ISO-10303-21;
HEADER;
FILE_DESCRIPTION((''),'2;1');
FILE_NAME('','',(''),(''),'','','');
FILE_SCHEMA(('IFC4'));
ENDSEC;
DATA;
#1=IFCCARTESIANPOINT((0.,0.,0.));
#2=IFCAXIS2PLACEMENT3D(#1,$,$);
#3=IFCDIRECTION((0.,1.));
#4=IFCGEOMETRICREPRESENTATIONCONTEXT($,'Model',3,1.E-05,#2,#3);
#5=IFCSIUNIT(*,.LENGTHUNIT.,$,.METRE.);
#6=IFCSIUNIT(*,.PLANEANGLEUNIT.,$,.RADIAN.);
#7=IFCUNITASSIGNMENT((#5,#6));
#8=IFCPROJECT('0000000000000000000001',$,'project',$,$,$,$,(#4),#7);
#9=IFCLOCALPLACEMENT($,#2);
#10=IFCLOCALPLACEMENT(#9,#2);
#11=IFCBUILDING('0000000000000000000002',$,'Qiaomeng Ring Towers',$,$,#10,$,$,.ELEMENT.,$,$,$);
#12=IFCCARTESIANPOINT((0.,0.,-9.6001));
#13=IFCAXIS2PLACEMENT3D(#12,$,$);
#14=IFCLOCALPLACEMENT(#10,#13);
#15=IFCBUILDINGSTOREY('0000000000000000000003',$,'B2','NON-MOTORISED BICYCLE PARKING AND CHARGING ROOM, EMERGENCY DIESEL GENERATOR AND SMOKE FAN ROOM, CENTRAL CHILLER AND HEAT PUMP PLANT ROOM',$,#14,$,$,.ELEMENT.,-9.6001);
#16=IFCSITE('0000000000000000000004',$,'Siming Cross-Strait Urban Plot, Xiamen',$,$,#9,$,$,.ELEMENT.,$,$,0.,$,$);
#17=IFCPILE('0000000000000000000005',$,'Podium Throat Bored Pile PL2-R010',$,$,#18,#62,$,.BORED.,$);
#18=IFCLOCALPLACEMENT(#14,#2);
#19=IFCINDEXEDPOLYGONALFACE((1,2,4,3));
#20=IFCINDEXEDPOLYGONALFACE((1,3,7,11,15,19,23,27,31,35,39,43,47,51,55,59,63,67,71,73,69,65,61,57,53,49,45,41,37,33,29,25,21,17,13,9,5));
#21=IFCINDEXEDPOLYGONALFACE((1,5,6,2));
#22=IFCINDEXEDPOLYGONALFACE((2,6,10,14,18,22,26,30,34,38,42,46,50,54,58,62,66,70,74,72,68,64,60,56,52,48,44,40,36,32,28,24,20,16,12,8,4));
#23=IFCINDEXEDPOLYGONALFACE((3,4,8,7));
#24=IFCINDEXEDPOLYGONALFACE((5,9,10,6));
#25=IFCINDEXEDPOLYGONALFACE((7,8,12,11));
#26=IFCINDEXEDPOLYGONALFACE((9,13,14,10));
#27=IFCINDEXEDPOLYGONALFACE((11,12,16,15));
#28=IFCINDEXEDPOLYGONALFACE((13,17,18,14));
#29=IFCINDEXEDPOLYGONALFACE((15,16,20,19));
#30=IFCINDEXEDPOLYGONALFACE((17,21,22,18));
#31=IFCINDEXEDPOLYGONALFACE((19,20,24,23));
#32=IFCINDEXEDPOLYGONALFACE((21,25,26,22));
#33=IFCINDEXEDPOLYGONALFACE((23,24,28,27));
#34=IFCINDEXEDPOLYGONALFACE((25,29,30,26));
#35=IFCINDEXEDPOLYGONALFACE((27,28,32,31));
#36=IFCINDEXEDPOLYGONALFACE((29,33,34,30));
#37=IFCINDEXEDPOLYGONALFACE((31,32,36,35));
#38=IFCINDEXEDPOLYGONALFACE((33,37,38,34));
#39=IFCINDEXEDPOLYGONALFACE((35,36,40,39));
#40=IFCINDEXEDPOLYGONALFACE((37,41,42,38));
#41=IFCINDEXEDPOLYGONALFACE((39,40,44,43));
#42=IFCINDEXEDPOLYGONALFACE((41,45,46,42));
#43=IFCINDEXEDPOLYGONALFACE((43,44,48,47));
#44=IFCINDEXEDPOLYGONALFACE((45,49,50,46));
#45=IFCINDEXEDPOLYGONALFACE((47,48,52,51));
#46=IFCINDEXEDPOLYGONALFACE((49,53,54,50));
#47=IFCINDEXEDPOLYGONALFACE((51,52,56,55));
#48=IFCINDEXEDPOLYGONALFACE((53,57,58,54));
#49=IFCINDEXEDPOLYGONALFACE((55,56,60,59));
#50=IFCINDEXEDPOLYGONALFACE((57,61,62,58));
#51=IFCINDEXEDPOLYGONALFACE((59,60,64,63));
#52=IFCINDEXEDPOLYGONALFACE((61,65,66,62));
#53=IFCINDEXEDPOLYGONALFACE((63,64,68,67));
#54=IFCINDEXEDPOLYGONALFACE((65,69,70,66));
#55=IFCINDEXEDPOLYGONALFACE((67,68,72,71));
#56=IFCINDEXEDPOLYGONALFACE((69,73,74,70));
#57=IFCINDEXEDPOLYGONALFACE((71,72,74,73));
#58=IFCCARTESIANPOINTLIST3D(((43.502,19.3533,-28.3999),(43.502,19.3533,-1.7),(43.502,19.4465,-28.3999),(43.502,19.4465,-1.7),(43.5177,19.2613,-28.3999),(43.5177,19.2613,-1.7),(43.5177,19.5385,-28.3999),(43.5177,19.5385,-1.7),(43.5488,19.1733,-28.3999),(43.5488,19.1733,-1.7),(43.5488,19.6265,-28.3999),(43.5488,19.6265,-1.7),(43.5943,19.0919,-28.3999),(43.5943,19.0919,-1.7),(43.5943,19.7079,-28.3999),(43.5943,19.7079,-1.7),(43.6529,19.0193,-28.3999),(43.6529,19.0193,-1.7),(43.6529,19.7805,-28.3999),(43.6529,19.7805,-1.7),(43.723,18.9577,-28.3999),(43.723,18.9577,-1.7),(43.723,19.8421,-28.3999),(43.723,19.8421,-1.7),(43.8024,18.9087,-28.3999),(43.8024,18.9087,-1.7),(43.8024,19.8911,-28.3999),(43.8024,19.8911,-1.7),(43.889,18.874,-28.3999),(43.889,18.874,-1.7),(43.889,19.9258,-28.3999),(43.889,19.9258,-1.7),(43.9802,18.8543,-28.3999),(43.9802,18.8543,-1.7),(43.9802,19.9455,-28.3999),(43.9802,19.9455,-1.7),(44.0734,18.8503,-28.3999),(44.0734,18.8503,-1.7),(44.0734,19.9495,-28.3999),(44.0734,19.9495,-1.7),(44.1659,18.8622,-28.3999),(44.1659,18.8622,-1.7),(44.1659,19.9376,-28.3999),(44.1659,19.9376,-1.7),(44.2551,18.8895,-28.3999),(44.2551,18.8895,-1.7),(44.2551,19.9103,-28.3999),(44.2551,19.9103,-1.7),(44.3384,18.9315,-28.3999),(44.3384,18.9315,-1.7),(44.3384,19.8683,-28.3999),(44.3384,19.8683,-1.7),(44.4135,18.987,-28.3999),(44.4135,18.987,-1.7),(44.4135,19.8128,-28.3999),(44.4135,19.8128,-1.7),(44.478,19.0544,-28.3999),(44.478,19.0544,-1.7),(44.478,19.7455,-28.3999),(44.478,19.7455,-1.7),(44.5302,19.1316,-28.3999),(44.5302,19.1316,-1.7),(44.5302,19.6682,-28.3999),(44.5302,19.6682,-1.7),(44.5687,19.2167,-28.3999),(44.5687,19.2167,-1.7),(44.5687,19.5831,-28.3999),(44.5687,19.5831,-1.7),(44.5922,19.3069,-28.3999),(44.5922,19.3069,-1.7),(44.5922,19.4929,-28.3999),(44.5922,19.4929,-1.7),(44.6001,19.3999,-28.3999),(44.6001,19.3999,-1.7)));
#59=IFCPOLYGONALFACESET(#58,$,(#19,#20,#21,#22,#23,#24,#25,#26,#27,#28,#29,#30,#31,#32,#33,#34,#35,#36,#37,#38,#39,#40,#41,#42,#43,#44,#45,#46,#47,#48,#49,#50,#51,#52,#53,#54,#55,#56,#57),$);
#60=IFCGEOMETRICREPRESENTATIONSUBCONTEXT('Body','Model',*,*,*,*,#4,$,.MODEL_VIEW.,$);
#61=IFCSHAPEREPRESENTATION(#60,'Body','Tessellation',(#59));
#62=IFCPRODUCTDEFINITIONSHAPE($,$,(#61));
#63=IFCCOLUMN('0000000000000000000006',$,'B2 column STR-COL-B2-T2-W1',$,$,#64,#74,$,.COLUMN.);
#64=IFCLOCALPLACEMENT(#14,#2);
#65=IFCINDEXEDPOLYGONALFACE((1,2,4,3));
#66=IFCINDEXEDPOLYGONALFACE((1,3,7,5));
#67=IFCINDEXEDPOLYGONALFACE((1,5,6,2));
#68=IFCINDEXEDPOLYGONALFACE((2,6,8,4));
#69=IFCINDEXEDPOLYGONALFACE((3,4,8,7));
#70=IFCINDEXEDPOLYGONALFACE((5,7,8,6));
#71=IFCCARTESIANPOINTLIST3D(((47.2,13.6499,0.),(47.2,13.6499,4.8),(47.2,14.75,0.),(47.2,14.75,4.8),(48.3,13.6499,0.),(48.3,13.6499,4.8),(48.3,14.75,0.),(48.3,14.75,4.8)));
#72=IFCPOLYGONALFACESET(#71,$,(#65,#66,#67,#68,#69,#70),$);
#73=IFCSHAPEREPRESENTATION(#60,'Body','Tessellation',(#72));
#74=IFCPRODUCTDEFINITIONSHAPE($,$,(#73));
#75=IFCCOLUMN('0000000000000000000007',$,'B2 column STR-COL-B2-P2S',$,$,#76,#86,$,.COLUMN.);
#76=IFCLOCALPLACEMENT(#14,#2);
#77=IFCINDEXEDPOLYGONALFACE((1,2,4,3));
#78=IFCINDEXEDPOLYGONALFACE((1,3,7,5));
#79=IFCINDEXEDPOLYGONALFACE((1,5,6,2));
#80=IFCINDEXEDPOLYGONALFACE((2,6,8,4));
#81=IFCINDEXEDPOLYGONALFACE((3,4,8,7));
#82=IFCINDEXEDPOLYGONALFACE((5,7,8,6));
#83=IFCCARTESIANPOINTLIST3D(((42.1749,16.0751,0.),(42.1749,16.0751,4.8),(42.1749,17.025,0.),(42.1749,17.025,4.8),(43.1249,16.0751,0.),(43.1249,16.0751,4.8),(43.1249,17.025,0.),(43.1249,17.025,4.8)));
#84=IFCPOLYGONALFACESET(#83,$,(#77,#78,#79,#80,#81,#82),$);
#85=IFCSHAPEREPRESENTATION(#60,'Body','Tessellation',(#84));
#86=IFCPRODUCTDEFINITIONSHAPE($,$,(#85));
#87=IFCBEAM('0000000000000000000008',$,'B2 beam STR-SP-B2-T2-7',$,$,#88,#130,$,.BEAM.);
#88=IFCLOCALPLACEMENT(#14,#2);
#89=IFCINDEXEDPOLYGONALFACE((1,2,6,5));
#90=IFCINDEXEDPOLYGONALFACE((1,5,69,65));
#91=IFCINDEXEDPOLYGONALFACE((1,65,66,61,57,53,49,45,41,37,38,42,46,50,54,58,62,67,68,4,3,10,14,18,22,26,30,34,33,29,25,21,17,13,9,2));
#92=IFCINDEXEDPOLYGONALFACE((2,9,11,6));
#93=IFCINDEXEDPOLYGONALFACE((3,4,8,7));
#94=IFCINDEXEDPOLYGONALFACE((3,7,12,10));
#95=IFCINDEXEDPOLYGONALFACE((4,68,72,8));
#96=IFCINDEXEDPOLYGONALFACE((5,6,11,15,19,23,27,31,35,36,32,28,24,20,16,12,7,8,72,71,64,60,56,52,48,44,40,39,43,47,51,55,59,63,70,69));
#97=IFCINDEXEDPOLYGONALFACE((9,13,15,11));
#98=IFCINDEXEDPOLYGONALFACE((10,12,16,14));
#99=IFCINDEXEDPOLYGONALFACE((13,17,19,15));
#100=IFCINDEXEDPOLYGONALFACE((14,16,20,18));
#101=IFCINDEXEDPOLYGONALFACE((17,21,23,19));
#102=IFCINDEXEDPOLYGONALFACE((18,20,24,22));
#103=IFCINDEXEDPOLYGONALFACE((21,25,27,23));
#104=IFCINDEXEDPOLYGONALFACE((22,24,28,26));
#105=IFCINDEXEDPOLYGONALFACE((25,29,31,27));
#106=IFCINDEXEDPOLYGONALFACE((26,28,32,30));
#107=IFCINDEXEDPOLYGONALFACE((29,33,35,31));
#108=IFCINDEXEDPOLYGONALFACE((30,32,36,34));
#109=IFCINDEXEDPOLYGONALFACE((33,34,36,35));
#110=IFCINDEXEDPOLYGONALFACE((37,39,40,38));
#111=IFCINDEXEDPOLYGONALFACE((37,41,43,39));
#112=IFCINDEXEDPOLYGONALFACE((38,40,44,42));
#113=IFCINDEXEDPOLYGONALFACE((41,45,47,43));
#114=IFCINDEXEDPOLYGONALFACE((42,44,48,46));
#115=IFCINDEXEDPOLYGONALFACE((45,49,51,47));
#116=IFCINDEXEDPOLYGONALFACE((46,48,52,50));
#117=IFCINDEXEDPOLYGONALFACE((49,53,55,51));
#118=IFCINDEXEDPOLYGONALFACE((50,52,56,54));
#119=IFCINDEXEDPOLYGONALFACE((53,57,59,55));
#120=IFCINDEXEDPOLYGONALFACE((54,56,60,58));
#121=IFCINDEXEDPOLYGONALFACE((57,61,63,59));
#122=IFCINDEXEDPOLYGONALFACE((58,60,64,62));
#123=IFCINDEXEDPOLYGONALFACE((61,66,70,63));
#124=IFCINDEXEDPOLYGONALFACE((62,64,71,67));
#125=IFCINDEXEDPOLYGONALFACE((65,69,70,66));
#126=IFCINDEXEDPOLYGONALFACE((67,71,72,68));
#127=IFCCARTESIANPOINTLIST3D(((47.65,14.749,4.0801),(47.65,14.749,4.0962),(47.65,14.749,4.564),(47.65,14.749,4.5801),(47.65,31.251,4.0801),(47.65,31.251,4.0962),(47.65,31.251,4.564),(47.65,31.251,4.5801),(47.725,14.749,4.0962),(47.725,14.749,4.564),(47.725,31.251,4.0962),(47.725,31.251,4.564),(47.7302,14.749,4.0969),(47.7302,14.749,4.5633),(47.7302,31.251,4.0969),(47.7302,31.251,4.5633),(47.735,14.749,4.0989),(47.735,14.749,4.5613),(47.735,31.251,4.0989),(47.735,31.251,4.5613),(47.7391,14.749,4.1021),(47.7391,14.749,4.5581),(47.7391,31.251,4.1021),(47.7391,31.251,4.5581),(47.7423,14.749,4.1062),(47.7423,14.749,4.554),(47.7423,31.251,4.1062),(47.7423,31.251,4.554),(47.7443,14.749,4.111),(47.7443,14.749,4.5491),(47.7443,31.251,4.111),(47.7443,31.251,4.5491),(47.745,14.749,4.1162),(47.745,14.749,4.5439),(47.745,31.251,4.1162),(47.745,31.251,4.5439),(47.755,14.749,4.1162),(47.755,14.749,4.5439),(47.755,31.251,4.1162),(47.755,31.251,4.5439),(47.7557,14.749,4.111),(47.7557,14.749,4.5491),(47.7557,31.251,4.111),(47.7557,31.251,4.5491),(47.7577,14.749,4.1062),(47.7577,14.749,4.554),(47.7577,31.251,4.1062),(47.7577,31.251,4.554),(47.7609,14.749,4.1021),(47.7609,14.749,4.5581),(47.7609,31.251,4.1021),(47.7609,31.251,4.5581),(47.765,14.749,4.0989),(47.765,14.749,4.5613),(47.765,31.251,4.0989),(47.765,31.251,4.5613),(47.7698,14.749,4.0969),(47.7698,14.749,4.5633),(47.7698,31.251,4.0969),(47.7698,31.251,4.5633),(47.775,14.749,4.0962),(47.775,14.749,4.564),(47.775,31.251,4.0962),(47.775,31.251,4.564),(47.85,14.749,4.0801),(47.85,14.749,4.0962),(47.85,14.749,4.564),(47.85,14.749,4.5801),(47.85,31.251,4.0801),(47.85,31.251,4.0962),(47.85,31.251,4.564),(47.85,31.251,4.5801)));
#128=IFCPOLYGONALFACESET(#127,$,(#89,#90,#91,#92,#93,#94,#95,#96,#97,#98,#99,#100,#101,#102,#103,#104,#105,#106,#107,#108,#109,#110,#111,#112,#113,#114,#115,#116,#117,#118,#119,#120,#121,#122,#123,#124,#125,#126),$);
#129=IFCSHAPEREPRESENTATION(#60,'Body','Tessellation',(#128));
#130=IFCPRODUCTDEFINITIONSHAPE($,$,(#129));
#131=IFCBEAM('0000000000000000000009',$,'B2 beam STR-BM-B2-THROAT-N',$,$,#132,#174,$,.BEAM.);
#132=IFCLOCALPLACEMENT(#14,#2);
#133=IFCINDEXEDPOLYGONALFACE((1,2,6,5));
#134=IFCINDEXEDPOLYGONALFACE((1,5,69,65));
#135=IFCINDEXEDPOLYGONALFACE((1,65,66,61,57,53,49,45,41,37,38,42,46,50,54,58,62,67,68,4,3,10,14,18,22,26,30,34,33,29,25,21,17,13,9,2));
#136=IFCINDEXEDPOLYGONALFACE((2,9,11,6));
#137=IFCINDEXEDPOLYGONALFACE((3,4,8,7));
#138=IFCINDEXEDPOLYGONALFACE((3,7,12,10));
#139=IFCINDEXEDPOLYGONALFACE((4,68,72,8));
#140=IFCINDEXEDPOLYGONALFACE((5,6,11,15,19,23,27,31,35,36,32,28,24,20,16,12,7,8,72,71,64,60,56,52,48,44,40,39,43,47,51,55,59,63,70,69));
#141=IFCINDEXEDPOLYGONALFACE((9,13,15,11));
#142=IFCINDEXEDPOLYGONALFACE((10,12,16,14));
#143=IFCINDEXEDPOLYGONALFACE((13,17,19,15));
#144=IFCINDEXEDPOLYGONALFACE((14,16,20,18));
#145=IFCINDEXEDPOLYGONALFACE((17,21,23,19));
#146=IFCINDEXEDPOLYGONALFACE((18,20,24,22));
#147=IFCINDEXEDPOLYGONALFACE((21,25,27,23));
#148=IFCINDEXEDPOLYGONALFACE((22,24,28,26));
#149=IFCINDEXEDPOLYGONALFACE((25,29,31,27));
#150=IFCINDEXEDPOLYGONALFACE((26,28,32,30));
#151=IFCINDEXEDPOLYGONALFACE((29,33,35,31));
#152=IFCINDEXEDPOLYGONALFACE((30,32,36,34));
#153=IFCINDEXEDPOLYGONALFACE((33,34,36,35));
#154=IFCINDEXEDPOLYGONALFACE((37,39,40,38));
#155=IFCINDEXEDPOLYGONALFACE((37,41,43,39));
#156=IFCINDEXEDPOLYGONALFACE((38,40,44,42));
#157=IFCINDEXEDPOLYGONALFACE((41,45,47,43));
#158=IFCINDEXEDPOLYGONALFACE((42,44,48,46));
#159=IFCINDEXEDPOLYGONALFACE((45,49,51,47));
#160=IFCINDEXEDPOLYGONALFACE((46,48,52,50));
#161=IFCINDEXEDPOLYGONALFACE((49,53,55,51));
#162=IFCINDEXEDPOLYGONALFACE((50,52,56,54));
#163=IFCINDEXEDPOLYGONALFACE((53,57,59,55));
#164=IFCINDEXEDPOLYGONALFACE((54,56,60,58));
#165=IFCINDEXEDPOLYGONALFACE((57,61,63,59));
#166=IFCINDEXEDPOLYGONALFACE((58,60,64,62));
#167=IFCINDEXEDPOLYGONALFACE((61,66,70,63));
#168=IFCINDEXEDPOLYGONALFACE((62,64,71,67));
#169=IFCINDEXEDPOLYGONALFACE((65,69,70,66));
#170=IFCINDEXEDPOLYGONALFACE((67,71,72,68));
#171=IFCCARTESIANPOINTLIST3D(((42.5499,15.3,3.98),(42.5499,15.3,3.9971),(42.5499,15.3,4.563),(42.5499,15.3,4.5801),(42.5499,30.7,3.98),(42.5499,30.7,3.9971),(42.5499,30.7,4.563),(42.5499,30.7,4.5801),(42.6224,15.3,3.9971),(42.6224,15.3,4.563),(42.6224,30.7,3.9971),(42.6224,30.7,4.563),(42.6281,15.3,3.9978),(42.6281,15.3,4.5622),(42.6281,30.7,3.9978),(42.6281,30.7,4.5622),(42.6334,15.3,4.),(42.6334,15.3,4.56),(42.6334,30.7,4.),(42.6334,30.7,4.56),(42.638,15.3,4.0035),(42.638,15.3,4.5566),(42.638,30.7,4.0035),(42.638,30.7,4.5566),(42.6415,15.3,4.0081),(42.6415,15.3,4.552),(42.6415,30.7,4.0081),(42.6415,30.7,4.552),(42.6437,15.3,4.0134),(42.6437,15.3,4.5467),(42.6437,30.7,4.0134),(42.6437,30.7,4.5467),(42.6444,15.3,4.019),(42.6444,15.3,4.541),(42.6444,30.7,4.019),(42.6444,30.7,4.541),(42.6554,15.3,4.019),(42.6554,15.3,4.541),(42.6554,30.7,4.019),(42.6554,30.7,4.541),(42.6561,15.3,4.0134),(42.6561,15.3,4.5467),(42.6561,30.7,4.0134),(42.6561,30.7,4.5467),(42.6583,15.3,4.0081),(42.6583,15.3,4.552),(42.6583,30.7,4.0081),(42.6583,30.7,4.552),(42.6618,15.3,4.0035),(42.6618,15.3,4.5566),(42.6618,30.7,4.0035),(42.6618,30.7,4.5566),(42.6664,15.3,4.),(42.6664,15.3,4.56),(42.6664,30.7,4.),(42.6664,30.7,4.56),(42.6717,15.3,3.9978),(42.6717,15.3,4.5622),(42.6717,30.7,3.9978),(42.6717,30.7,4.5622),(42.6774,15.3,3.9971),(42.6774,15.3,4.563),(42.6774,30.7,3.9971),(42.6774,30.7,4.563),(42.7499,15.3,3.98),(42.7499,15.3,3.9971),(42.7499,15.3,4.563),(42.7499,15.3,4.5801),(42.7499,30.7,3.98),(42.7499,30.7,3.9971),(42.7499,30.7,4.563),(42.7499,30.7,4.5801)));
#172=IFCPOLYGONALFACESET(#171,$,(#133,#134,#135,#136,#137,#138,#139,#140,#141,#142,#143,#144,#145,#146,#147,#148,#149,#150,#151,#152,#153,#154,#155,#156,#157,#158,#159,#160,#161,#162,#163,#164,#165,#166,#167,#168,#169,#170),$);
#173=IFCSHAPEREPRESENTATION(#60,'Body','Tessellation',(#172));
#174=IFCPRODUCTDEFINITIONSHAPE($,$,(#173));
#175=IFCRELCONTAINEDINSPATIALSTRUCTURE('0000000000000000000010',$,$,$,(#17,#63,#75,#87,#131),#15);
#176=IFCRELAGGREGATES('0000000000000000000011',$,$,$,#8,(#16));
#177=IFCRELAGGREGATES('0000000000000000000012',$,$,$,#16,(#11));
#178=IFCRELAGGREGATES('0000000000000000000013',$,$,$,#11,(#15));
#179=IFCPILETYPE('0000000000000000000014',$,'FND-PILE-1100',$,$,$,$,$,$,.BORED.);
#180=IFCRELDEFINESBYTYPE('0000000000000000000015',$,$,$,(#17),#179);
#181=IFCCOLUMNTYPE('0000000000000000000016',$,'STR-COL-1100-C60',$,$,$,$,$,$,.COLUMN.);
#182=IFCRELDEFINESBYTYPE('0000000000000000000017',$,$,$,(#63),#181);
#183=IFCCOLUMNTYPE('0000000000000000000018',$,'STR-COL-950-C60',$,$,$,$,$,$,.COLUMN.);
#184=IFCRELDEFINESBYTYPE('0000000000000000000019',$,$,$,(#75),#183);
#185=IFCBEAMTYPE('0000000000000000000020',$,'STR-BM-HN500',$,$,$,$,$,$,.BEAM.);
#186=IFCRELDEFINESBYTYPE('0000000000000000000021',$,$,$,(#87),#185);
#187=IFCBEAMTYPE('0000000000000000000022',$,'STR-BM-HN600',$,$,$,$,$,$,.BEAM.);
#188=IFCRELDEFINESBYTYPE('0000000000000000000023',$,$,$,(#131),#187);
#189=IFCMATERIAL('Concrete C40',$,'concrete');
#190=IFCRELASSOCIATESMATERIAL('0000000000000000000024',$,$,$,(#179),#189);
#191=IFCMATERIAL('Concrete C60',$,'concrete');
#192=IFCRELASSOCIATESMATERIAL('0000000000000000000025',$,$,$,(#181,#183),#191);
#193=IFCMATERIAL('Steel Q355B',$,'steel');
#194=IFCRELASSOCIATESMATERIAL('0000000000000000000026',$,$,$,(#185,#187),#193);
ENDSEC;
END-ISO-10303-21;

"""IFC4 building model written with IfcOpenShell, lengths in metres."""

from ifc_helpers import new_model, si_unit, direction, frame, origin, origin_2d, place, context, subcontext, project, spatial, rectangle, circle, i_section, extrude, source, transform, mapped, material, material_profile, profile_set, type_object, element, save


model = new_model("IFC4")

# Units and contexts
model_context = context("Model", 3, precision=1e-05, world=origin(), true_north=direction((0.0, 1.0)))
body_context = subcontext(model_context, "Body", "Model", "MODEL_VIEW")
ifc_project = project(units=[si_unit("LENGTHUNIT", "METRE"), si_unit("PLANEANGLEUNIT", "RADIAN")], contexts=[model_context])

# Site, building, storey
site_placement = place(None, origin())
site = spatial("IfcSite", under=ifc_project, at=site_placement, Name="Siming Cross-Strait Urban Plot, Xiamen", CompositionType="ELEMENT", RefElevation=0.0)
building_placement = place(site_placement, origin())
building = spatial("IfcBuilding", under=site, at=building_placement, Name="Qiaomeng Ring Towers", CompositionType="ELEMENT")
storey_placement = place(building_placement, frame((0.0, 0.0, -9.6001)))
storey = spatial("IfcBuildingStorey", under=building, at=storey_placement, Name="B2", Description="NON-MOTORISED BICYCLE PARKING AND CHARGING ROOM, EMERGENCY DIESEL GENERATOR AND SMOKE FAN ROOM, CENTRAL CHILLER AND HEAT PUMP PLANT ROOM", CompositionType="ELEMENT", Elevation=-9.6001)

# Pile
ifc_material_1 = material(Name="Concrete C40", Category="concrete")
ifc_material_profile_1 = material_profile(ifc_material_1, circle(Radius=0.55, at=origin_2d()), Name="BORED PILE 1100")
ifc_profile_set_1 = profile_set([ifc_material_profile_1], Name="Concrete C40")
pile_type_1 = type_object("IfcPileType", Name="FND-PILE-1100", PredefinedType="BORED", material=ifc_profile_set_1)
shared_shape_1 = source(origin(), body_context, "Body", "SweptSolid", [
    extrude(circle(Radius=0.55, at=origin_2d()), origin(), (0.0, 0.0, 1.0), 26.7),
])
for number, where, z_axis, x_axis, name in (
    (1, (44.05, 19.3999, -1.7), (0.0, 0.0, -1.0), (1.0, 0.0, 0.0), "Podium Throat Bored Pile PL2-R010"),
):
    element("IfcPile", number, at=place(storey_placement, frame(where, z_axis=z_axis, x_axis=x_axis)), inside=storey, type_object=pile_type_1, Name=name, PredefinedType="BORED", context=body_context, shape_type="MappedRepresentation", body=[
        mapped(shared_shape_1, transform((0.0, 0.0, 0.0), x_axis=(1.0, 0.0, 0.0), y_axis=(0.0, 1.0, 0.0), z_axis=(0.0, 0.0, 1.0), scale=1.0)),
    ])

# Columns
ifc_material_2 = material(Name="Concrete C60", Category="concrete")
ifc_material_profile_2 = material_profile(ifc_material_2, rectangle(XDim=1.1001, YDim=1.1001, at=origin_2d()), Name="RC COL 1100x1100")
ifc_profile_set_2 = profile_set([ifc_material_profile_2], Name="Concrete C60")
column_type_1 = type_object("IfcColumnType", Name="STR-COL-1100-C60", PredefinedType="COLUMN", material=ifc_profile_set_2)
shared_shape_2 = source(origin(), body_context, "Body", "SweptSolid", [
    extrude(rectangle(XDim=1.1001, YDim=1.1001, at=origin_2d()), origin(), (0.0, 0.0, 1.0), 4.8),
])
column_1_placement = place(storey_placement, frame((47.75, 14.2, 0.0), z_axis=(0.0, 0.0, 1.0), x_axis=(1.0, 0.0, 0.0)))
element("IfcColumn", 2, at=column_1_placement, inside=storey, type_object=column_type_1, Name="B2 column STR-COL-B2-T2-W1", PredefinedType="COLUMN", context=body_context, shape_type="MappedRepresentation", body=[
    mapped(shared_shape_2, transform((0.0, 0.0, 0.0), x_axis=(1.0, 0.0, 0.0), y_axis=(0.0, 1.0, 0.0), z_axis=(0.0, 0.0, 1.0), scale=1.0)),
])
ifc_material_profile_3 = material_profile(ifc_material_2, rectangle(XDim=0.95, YDim=0.95, at=origin_2d()), Name="RC COL 950x950")
ifc_profile_set_3 = profile_set([ifc_material_profile_3], Name="Concrete C60")
column_type_2 = type_object("IfcColumnType", Name="STR-COL-950-C60", PredefinedType="COLUMN", material=ifc_profile_set_3)
shared_shape_3 = source(origin(), body_context, "Body", "SweptSolid", [
    extrude(rectangle(XDim=0.95, YDim=0.95, at=origin_2d()), origin(), (0.0, 0.0, 1.0), 4.8),
])
column_2_placement = place(storey_placement, frame((42.6499, 16.55, 0.0), z_axis=(0.0, 0.0, 1.0), x_axis=(1.0, 0.0, 0.0)))
element("IfcColumn", 3, at=column_2_placement, inside=storey, type_object=column_type_2, Name="B2 column STR-COL-B2-P2S", PredefinedType="COLUMN", context=body_context, shape_type="MappedRepresentation", body=[
    mapped(shared_shape_3, transform((0.0, 0.0, 0.0), x_axis=(1.0, 0.0, 0.0), y_axis=(0.0, 1.0, 0.0), z_axis=(0.0, 0.0, 1.0), scale=1.0)),
])

# Beams
ifc_material_3 = material(Name="Steel Q355B", Category="steel")
ifc_material_profile_4 = material_profile(ifc_material_3, i_section(OverallWidth=0.2, OverallDepth=0.5, WebThickness=0.01, FlangeThickness=0.0161, FilletRadius=0.02, at=origin_2d()), Name="HN 500x200x10x16")
ifc_profile_set_4 = profile_set([ifc_material_profile_4], Name="Steel Q355B")
beam_type_1 = type_object("IfcBeamType", Name="STR-BM-HN500", PredefinedType="BEAM", material=ifc_profile_set_4)
shared_shape_4 = source(origin(), body_context, "Body", "SweptSolid", [
    extrude(i_section(OverallWidth=0.2, OverallDepth=0.5, WebThickness=0.01, FlangeThickness=0.0161, FilletRadius=0.02, at=origin_2d()), origin(), (0.0, 0.0, 1.0), 16.502),
])
beam_1_placement = place(storey_placement, frame((47.75, 14.749, 4.3301), z_axis=(0.0, 1.0, 0.0), x_axis=(-1.0, 0.0, 0.0)))
element("IfcBeam", 4, at=beam_1_placement, inside=storey, type_object=beam_type_1, Name="B2 beam STR-SP-B2-T2-7", PredefinedType="BEAM", context=body_context, shape_type="MappedRepresentation", body=[
    mapped(shared_shape_4, transform((0.0, 0.0, 0.0), x_axis=(1.0, 0.0, 0.0), y_axis=(0.0, 1.0, 0.0), z_axis=(0.0, 0.0, 1.0), scale=1.0)),
])
ifc_material_profile_5 = material_profile(ifc_material_3, i_section(OverallWidth=0.2, OverallDepth=0.6001, WebThickness=0.011, FlangeThickness=0.0171, FilletRadius=0.022, at=origin_2d()), Name="HN 600x200x11x17")
ifc_profile_set_5 = profile_set([ifc_material_profile_5], Name="Steel Q355B")
beam_type_2 = type_object("IfcBeamType", Name="STR-BM-HN600", PredefinedType="BEAM", material=ifc_profile_set_5)
shared_shape_5 = source(origin(), body_context, "Body", "SweptSolid", [
    extrude(i_section(OverallWidth=0.2, OverallDepth=0.6001, WebThickness=0.011, FlangeThickness=0.0171, FilletRadius=0.022, at=origin_2d()), origin(), (0.0, 0.0, 1.0), 15.3999),
])
beam_2_placement = place(storey_placement, frame((42.6499, 15.3, 4.28), z_axis=(0.0, 1.0, 0.0), x_axis=(-1.0, 0.0, 0.0)))
element("IfcBeam", 5, at=beam_2_placement, inside=storey, type_object=beam_type_2, Name="B2 beam STR-BM-B2-THROAT-N", PredefinedType="BEAM", context=body_context, shape_type="MappedRepresentation", body=[
    mapped(shared_shape_5, transform((0.0, 0.0, 0.0), x_axis=(1.0, 0.0, 0.0), y_axis=(0.0, 1.0, 0.0), z_axis=(0.0, 0.0, 1.0), scale=1.0)),
])

save(model, "model.ifc")
